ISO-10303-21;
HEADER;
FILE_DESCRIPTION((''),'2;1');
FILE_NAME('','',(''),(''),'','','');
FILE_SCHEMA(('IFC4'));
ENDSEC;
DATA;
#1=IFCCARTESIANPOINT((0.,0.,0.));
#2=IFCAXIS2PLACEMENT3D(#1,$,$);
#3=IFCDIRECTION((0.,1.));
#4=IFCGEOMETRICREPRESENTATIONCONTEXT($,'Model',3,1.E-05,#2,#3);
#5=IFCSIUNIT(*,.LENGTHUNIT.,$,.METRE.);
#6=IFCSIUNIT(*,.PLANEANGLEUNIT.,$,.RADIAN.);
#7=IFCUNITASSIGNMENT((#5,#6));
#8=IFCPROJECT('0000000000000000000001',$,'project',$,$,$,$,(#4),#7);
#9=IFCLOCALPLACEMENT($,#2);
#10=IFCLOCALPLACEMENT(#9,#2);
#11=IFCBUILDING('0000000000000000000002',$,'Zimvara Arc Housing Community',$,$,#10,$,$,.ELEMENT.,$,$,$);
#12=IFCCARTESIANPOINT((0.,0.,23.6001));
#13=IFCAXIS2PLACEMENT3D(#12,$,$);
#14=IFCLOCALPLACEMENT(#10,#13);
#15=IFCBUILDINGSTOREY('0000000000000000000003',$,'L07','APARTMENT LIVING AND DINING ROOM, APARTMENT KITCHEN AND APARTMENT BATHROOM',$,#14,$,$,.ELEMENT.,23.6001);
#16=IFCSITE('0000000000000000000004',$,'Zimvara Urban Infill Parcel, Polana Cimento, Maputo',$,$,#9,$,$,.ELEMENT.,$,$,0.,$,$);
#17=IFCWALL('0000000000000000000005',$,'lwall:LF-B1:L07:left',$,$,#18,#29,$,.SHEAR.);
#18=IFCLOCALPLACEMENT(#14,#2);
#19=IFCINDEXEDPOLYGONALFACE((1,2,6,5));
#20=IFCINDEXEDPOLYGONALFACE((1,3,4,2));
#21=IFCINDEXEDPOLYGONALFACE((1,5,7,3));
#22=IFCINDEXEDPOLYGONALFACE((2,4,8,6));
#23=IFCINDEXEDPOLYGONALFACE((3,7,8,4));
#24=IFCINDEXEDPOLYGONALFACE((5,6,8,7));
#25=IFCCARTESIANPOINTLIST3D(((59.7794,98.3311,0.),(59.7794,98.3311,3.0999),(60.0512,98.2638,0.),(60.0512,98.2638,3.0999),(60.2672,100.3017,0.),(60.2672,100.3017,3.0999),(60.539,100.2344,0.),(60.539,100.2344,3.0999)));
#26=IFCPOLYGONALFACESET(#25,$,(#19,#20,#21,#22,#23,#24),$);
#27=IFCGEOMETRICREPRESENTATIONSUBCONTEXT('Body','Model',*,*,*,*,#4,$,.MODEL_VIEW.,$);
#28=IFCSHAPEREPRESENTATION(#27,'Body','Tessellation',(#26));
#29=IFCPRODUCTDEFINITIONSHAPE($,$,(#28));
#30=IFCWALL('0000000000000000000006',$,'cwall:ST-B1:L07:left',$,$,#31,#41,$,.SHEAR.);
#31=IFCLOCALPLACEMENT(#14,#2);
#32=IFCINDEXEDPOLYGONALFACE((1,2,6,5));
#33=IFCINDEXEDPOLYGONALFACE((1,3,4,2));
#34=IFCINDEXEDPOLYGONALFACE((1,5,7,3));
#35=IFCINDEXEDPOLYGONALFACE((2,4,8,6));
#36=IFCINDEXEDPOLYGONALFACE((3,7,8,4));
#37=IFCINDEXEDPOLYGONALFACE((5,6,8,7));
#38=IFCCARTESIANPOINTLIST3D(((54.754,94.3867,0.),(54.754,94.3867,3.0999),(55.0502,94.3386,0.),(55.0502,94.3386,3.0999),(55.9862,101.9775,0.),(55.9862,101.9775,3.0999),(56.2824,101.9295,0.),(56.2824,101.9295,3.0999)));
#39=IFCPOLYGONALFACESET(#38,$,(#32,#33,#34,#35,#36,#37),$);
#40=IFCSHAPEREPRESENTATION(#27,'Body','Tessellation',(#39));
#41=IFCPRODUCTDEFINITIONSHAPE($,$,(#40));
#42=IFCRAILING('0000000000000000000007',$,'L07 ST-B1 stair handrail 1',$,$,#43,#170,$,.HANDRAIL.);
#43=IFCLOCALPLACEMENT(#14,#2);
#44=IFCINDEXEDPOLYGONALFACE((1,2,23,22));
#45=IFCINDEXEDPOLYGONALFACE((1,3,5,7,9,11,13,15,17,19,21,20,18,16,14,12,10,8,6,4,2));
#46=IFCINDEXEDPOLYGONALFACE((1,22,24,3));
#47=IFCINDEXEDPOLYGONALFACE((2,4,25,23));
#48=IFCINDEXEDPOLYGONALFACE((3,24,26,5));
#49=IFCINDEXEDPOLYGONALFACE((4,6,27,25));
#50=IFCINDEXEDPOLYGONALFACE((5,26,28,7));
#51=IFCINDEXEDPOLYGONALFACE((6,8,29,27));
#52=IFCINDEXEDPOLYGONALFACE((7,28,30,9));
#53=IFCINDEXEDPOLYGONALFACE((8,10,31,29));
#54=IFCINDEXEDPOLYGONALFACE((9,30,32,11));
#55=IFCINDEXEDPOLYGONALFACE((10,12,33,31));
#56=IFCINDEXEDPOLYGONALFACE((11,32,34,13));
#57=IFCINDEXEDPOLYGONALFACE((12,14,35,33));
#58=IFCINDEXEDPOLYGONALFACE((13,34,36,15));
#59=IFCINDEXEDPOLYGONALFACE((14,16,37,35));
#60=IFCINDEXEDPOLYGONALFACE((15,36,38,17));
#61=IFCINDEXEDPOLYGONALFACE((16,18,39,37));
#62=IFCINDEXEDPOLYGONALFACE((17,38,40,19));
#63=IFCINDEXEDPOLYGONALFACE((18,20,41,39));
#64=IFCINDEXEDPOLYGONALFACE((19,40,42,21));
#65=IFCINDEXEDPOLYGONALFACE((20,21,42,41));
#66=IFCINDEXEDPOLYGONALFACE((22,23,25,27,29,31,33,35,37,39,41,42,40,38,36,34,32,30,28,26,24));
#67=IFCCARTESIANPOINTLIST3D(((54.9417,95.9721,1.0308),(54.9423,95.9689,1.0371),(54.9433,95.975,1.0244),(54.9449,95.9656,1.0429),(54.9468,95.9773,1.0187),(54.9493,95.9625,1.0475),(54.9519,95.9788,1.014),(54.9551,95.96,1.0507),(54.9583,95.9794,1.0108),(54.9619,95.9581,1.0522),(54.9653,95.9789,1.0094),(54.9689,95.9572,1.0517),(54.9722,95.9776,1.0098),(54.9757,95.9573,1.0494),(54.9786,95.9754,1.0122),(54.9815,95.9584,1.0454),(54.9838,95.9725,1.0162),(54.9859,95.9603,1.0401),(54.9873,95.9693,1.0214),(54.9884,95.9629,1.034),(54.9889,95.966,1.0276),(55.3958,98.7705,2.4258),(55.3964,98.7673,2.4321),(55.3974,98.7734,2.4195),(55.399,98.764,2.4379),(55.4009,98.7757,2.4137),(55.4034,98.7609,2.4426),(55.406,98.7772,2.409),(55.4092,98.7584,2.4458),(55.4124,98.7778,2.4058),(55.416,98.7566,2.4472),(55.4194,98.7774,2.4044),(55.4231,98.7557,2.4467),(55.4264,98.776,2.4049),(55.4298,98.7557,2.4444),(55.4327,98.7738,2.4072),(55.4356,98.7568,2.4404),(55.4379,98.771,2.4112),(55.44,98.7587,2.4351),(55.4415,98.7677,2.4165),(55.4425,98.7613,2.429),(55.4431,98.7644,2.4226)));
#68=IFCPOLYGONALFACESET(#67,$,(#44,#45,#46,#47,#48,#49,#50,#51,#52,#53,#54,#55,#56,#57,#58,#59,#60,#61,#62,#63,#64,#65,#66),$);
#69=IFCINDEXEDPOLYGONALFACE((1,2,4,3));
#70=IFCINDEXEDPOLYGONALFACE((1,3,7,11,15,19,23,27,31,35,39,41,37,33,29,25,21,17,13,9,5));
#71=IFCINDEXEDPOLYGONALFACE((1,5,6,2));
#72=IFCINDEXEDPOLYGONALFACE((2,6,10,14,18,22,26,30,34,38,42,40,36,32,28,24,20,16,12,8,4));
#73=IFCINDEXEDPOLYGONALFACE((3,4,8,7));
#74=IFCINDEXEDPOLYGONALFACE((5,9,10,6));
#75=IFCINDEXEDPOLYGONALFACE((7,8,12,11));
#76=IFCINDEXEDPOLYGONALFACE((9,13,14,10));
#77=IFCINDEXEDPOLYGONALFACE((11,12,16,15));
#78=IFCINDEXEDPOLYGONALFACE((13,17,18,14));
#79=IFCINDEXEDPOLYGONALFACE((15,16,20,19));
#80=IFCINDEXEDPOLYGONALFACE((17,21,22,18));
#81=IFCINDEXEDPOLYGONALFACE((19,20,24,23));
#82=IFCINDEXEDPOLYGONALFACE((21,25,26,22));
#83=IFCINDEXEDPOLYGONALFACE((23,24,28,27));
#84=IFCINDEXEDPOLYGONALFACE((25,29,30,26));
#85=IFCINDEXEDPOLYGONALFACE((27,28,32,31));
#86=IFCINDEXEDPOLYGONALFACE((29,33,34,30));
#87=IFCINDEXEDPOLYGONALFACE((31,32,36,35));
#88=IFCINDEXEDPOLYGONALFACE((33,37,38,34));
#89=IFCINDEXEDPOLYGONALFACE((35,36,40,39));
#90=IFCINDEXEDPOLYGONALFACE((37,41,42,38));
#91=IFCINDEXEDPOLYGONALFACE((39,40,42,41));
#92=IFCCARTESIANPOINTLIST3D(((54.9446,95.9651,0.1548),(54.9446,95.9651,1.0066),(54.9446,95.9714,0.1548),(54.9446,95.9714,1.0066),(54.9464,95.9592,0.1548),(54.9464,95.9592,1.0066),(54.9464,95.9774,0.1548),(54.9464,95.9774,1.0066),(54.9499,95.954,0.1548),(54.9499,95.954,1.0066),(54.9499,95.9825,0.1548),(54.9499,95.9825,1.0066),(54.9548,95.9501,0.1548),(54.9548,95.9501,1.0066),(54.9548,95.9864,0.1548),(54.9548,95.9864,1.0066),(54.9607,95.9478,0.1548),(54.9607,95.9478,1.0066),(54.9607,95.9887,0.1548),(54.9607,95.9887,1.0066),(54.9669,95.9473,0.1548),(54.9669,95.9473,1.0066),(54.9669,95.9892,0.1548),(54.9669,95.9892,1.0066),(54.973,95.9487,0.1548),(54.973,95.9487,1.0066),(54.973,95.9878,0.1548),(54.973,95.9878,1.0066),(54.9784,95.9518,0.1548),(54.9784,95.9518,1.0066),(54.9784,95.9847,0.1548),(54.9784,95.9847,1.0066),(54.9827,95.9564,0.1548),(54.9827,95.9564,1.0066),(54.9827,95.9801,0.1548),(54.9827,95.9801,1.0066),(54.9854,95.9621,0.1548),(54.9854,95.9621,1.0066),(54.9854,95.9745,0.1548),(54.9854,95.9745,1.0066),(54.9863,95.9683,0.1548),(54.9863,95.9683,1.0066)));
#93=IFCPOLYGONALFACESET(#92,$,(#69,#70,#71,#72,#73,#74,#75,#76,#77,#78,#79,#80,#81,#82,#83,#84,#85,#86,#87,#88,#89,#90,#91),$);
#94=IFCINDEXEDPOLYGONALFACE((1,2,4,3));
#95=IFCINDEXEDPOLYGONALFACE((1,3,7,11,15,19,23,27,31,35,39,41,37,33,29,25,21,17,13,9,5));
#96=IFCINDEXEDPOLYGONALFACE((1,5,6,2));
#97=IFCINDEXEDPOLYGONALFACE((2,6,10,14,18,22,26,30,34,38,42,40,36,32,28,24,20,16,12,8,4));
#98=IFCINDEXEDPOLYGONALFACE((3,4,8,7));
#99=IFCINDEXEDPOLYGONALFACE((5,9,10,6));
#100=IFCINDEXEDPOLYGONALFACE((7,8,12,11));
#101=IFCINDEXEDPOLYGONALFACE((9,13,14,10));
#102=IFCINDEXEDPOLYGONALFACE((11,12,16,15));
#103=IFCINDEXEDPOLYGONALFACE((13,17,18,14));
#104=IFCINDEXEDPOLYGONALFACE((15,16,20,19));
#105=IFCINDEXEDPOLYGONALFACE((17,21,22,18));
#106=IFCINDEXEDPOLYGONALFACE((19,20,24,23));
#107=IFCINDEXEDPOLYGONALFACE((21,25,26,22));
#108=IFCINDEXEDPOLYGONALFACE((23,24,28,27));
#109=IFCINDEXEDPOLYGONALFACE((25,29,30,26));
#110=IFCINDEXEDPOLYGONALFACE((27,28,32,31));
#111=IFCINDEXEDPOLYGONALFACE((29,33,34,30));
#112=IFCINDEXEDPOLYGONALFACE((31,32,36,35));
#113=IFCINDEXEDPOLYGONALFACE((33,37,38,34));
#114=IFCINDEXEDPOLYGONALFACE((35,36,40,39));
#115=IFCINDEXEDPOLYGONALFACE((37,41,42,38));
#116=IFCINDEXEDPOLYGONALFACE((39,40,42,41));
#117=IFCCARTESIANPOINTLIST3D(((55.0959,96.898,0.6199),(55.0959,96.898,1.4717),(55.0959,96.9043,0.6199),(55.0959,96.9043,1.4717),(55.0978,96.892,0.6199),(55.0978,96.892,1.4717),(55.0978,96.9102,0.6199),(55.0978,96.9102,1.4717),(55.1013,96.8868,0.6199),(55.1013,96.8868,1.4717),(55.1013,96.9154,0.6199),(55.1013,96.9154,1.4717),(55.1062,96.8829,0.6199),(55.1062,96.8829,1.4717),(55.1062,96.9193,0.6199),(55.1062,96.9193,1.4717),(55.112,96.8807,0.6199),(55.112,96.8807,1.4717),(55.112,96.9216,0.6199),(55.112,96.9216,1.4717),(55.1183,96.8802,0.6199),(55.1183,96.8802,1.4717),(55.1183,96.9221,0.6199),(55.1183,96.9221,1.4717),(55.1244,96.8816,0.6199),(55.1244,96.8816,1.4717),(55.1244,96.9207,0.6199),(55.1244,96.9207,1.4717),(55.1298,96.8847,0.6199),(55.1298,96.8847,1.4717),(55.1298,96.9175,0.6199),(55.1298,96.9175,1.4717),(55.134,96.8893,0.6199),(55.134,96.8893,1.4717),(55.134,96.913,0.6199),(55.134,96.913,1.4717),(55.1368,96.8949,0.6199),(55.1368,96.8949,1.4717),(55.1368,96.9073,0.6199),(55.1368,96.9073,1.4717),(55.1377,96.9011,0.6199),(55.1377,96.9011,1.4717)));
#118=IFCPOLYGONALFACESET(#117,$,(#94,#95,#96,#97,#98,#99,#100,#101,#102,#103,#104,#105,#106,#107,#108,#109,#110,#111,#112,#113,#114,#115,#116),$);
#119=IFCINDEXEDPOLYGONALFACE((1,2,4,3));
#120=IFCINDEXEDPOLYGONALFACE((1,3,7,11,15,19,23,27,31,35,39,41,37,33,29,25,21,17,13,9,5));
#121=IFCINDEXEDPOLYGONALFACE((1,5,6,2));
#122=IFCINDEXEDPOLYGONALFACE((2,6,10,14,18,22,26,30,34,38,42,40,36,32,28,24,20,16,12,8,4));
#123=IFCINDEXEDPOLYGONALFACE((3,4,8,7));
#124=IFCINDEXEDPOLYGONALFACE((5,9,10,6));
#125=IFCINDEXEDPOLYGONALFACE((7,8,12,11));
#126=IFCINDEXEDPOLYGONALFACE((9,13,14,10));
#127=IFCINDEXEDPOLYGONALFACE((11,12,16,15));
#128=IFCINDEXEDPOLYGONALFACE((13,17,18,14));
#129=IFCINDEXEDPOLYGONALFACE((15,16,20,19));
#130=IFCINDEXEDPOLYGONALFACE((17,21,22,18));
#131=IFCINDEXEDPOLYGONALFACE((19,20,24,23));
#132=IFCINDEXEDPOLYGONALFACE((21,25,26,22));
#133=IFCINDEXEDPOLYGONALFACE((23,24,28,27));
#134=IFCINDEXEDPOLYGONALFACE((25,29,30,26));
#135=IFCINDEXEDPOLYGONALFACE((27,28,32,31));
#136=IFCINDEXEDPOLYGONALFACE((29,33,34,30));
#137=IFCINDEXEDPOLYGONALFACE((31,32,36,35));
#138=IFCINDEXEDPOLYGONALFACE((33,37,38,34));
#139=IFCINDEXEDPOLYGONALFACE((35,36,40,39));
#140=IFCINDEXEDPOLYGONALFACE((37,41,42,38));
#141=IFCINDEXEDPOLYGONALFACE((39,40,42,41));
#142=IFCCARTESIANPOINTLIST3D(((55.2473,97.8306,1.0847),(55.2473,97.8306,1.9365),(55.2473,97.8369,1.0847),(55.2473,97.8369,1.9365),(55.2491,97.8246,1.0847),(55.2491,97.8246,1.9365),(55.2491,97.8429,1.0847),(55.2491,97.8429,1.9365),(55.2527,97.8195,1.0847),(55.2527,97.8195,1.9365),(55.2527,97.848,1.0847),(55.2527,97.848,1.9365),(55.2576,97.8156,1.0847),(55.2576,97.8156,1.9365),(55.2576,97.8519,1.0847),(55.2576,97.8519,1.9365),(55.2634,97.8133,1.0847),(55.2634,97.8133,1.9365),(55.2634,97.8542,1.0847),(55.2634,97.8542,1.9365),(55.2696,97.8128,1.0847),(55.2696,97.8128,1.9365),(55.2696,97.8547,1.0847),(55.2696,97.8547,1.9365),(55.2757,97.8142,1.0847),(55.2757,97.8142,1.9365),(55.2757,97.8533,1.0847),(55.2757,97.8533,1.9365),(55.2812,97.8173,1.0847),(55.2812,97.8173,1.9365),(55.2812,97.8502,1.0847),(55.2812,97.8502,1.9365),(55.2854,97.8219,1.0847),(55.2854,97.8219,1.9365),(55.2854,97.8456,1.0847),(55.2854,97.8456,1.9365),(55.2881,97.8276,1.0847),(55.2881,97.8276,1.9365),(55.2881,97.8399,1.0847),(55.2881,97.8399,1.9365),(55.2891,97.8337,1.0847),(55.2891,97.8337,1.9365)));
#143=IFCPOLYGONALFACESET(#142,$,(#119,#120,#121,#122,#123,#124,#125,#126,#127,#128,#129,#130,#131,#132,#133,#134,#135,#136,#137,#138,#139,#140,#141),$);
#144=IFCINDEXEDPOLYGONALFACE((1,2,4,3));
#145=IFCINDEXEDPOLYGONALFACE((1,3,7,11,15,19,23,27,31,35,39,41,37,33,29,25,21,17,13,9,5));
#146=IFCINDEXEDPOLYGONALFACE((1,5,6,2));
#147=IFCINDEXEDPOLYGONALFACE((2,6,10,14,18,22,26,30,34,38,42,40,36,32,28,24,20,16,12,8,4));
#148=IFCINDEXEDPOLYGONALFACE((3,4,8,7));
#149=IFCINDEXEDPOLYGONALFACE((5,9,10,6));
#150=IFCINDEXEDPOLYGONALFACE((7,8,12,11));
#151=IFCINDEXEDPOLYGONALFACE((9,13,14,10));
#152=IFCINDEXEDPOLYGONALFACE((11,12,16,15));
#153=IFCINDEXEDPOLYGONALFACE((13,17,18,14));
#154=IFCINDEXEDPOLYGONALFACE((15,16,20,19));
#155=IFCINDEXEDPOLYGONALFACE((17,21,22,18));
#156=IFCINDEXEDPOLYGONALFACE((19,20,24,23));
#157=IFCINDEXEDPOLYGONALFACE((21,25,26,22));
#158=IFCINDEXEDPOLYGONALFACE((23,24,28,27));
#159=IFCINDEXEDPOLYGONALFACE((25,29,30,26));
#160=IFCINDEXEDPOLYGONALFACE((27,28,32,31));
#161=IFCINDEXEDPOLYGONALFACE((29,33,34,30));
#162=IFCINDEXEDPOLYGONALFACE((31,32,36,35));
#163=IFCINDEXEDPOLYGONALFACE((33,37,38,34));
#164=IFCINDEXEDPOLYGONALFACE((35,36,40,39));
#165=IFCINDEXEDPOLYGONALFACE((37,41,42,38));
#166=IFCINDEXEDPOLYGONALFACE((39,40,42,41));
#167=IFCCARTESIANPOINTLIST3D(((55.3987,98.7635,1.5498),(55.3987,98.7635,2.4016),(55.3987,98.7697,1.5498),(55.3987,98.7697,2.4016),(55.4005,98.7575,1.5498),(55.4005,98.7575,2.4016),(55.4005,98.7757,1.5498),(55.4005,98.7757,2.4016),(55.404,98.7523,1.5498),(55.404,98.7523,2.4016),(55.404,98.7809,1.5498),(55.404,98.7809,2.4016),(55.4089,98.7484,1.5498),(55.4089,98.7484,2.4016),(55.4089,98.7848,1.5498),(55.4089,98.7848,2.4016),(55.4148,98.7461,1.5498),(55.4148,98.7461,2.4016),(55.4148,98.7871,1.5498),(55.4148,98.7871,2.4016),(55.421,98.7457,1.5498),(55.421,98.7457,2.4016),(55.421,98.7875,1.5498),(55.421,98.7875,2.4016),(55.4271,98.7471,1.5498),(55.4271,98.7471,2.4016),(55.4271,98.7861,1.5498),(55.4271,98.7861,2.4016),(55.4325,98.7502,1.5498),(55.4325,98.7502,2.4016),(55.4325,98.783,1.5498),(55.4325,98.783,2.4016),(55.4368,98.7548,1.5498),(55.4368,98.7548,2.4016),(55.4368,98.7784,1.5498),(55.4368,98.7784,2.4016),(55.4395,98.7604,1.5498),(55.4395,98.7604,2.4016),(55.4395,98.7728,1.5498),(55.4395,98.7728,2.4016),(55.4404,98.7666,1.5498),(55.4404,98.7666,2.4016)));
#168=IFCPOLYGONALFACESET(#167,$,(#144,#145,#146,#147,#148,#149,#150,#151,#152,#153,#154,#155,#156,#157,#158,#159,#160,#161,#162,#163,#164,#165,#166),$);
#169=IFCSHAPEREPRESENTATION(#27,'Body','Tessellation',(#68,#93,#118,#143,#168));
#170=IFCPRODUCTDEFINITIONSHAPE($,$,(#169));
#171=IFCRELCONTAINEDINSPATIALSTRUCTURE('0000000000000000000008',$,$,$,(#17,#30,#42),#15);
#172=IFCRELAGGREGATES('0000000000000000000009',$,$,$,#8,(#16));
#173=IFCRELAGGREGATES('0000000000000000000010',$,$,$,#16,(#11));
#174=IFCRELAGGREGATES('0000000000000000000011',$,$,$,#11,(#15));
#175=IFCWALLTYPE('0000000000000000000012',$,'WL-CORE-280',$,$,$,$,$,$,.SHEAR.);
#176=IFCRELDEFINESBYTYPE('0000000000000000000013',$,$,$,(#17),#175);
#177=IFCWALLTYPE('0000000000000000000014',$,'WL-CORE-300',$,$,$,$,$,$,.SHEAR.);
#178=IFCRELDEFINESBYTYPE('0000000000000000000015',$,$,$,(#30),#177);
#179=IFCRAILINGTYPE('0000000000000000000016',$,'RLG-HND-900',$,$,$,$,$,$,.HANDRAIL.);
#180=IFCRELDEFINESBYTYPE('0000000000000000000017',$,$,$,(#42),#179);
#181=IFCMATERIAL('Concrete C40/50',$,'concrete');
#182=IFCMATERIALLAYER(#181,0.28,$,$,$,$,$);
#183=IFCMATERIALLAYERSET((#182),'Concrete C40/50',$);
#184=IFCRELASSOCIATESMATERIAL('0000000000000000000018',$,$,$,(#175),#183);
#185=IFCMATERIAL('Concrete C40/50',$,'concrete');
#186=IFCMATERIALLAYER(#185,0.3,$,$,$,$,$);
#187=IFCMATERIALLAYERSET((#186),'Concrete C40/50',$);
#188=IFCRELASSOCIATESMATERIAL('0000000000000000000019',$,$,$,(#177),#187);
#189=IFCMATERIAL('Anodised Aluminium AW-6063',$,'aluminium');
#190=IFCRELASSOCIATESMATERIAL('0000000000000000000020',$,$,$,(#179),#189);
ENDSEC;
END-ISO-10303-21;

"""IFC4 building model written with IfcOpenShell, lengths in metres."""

from ifc_helpers import new_model, si_unit, direction, frame, frame_2d, origin, origin_2d, place, context, subcontext, project, spatial, rectangle, circle, extrude, material, layer, layer_set, type_object, element, save


model = new_model("IFC4")

# Units and contexts
model_context = context("Model", 3, precision=1e-05, world=origin(), true_north=direction((0.0, 1.0)))
body_context = subcontext(model_context, "Body", "Model", "MODEL_VIEW")
ifc_project = project(units=[si_unit("LENGTHUNIT", "METRE"), si_unit("PLANEANGLEUNIT", "RADIAN")], contexts=[model_context])

# Site, building, storey
site_placement = place(None, origin())
site = spatial("IfcSite", under=ifc_project, at=site_placement, Name="Zimvara Urban Infill Parcel, Polana Cimento, Maputo", CompositionType="ELEMENT", RefElevation=0.0)
building_placement = place(site_placement, origin())
building = spatial("IfcBuilding", under=site, at=building_placement, Name="Zimvara Arc Housing Community", CompositionType="ELEMENT")
storey_placement = place(building_placement, frame((0.0, 0.0, 23.6001)))
storey = spatial("IfcBuildingStorey", under=building, at=storey_placement, Name="L07", Description="APARTMENT LIVING AND DINING ROOM, APARTMENT KITCHEN AND APARTMENT BATHROOM", CompositionType="ELEMENT", Elevation=23.6001)

# Shared definitions
ifc_material_1 = material(Name="Concrete C40/50", Category="concrete")
ifc_layer_1 = layer(ifc_material_1, 0.28)
ifc_layer_set_1 = layer_set([ifc_layer_1], Name="Concrete C40/50")
wall_type_1 = type_object("IfcWallType", Name="WL-CORE-280", PredefinedType="SHEAR", material=ifc_layer_set_1)

# Walls
wall_1_placement = place(storey_placement, frame((59.9153, 98.2974, 0.0), z_axis=(0.0, 0.0, 1.0), x_axis=(0.240299, 0.970699, 0.0)))
element("IfcWall", 1, at=wall_1_placement, inside=storey, type_object=wall_type_1, Name="lwall:LF-B1:L07:left", PredefinedType="SHEAR", context=body_context, shape_type="SweptSolid", body=[
    extrude(rectangle(XDim=2.03, YDim=0.28, at=frame_2d((1.0151, 0.0))), origin(), (0.0, 0.0, 1.0), 3.0999),
])
ifc_material_2 = material(Name="Concrete C40/50", Category="concrete")
ifc_layer_2 = layer(ifc_material_2, 0.3)
ifc_layer_set_2 = layer_set([ifc_layer_2], Name="Concrete C40/50")
wall_type_2 = type_object("IfcWallType", Name="WL-CORE-300", PredefinedType="SHEAR", material=ifc_layer_set_2)
wall_2_placement = place(storey_placement, frame((54.9021, 94.3625, 0.0), z_axis=(0.0, 0.0, 1.0), x_axis=(0.160227, 0.98708, 0.0)))
element("IfcWall", 2, at=wall_2_placement, inside=storey, type_object=wall_type_2, Name="cwall:ST-B1:L07:left", PredefinedType="SHEAR", context=body_context, shape_type="SweptSolid", body=[
    extrude(rectangle(XDim=7.6902, YDim=0.3, at=frame_2d((3.8452, 0.0))), origin(), (0.0, 0.0, 1.0), 3.0999),
])

# Railing
ifc_material_3 = material(Name="Anodised Aluminium AW-6063", Category="aluminium")
railing_type = type_object("IfcRailingType", Name="RLG-HND-900", PredefinedType="HANDRAIL", material=ifc_material_3)
railing_placement = place(storey_placement, frame((54.9653, 95.9683, 0.1548)))
element("IfcRailing", 3, at=railing_placement, inside=storey, type_object=railing_type, Name="L07 ST-B1 stair handrail 1", PredefinedType="HANDRAIL", context=body_context, shape_type="SweptSolid", body=[
    extrude(circle(Radius=0.0239, at=origin_2d()), frame((0.0, 0.0, 0.876), z_axis=(0.143722, 0.885666, 0.44152), x_axis=(-0.987088, 0.16018, 0.0)), (0.0, 0.0, 1.0), 3.1597),
    extrude(circle(Radius=0.021, at=origin_2d()), origin(), (0.0, 0.0, 1.0), 0.8518),
    extrude(circle(Radius=0.021, at=origin_2d()), frame((0.1514, 0.9329, 0.4651)), (0.0, 0.0, 1.0), 0.8518),
    extrude(circle(Radius=0.021, at=origin_2d()), frame((0.3027, 1.8655, 0.9299)), (0.0, 0.0, 1.0), 0.8518),
    extrude(circle(Radius=0.021, at=origin_2d()), frame((0.4541, 2.7983, 1.395)), (0.0, 0.0, 1.0), 0.8518),
])

save(model, "model.ifc")
